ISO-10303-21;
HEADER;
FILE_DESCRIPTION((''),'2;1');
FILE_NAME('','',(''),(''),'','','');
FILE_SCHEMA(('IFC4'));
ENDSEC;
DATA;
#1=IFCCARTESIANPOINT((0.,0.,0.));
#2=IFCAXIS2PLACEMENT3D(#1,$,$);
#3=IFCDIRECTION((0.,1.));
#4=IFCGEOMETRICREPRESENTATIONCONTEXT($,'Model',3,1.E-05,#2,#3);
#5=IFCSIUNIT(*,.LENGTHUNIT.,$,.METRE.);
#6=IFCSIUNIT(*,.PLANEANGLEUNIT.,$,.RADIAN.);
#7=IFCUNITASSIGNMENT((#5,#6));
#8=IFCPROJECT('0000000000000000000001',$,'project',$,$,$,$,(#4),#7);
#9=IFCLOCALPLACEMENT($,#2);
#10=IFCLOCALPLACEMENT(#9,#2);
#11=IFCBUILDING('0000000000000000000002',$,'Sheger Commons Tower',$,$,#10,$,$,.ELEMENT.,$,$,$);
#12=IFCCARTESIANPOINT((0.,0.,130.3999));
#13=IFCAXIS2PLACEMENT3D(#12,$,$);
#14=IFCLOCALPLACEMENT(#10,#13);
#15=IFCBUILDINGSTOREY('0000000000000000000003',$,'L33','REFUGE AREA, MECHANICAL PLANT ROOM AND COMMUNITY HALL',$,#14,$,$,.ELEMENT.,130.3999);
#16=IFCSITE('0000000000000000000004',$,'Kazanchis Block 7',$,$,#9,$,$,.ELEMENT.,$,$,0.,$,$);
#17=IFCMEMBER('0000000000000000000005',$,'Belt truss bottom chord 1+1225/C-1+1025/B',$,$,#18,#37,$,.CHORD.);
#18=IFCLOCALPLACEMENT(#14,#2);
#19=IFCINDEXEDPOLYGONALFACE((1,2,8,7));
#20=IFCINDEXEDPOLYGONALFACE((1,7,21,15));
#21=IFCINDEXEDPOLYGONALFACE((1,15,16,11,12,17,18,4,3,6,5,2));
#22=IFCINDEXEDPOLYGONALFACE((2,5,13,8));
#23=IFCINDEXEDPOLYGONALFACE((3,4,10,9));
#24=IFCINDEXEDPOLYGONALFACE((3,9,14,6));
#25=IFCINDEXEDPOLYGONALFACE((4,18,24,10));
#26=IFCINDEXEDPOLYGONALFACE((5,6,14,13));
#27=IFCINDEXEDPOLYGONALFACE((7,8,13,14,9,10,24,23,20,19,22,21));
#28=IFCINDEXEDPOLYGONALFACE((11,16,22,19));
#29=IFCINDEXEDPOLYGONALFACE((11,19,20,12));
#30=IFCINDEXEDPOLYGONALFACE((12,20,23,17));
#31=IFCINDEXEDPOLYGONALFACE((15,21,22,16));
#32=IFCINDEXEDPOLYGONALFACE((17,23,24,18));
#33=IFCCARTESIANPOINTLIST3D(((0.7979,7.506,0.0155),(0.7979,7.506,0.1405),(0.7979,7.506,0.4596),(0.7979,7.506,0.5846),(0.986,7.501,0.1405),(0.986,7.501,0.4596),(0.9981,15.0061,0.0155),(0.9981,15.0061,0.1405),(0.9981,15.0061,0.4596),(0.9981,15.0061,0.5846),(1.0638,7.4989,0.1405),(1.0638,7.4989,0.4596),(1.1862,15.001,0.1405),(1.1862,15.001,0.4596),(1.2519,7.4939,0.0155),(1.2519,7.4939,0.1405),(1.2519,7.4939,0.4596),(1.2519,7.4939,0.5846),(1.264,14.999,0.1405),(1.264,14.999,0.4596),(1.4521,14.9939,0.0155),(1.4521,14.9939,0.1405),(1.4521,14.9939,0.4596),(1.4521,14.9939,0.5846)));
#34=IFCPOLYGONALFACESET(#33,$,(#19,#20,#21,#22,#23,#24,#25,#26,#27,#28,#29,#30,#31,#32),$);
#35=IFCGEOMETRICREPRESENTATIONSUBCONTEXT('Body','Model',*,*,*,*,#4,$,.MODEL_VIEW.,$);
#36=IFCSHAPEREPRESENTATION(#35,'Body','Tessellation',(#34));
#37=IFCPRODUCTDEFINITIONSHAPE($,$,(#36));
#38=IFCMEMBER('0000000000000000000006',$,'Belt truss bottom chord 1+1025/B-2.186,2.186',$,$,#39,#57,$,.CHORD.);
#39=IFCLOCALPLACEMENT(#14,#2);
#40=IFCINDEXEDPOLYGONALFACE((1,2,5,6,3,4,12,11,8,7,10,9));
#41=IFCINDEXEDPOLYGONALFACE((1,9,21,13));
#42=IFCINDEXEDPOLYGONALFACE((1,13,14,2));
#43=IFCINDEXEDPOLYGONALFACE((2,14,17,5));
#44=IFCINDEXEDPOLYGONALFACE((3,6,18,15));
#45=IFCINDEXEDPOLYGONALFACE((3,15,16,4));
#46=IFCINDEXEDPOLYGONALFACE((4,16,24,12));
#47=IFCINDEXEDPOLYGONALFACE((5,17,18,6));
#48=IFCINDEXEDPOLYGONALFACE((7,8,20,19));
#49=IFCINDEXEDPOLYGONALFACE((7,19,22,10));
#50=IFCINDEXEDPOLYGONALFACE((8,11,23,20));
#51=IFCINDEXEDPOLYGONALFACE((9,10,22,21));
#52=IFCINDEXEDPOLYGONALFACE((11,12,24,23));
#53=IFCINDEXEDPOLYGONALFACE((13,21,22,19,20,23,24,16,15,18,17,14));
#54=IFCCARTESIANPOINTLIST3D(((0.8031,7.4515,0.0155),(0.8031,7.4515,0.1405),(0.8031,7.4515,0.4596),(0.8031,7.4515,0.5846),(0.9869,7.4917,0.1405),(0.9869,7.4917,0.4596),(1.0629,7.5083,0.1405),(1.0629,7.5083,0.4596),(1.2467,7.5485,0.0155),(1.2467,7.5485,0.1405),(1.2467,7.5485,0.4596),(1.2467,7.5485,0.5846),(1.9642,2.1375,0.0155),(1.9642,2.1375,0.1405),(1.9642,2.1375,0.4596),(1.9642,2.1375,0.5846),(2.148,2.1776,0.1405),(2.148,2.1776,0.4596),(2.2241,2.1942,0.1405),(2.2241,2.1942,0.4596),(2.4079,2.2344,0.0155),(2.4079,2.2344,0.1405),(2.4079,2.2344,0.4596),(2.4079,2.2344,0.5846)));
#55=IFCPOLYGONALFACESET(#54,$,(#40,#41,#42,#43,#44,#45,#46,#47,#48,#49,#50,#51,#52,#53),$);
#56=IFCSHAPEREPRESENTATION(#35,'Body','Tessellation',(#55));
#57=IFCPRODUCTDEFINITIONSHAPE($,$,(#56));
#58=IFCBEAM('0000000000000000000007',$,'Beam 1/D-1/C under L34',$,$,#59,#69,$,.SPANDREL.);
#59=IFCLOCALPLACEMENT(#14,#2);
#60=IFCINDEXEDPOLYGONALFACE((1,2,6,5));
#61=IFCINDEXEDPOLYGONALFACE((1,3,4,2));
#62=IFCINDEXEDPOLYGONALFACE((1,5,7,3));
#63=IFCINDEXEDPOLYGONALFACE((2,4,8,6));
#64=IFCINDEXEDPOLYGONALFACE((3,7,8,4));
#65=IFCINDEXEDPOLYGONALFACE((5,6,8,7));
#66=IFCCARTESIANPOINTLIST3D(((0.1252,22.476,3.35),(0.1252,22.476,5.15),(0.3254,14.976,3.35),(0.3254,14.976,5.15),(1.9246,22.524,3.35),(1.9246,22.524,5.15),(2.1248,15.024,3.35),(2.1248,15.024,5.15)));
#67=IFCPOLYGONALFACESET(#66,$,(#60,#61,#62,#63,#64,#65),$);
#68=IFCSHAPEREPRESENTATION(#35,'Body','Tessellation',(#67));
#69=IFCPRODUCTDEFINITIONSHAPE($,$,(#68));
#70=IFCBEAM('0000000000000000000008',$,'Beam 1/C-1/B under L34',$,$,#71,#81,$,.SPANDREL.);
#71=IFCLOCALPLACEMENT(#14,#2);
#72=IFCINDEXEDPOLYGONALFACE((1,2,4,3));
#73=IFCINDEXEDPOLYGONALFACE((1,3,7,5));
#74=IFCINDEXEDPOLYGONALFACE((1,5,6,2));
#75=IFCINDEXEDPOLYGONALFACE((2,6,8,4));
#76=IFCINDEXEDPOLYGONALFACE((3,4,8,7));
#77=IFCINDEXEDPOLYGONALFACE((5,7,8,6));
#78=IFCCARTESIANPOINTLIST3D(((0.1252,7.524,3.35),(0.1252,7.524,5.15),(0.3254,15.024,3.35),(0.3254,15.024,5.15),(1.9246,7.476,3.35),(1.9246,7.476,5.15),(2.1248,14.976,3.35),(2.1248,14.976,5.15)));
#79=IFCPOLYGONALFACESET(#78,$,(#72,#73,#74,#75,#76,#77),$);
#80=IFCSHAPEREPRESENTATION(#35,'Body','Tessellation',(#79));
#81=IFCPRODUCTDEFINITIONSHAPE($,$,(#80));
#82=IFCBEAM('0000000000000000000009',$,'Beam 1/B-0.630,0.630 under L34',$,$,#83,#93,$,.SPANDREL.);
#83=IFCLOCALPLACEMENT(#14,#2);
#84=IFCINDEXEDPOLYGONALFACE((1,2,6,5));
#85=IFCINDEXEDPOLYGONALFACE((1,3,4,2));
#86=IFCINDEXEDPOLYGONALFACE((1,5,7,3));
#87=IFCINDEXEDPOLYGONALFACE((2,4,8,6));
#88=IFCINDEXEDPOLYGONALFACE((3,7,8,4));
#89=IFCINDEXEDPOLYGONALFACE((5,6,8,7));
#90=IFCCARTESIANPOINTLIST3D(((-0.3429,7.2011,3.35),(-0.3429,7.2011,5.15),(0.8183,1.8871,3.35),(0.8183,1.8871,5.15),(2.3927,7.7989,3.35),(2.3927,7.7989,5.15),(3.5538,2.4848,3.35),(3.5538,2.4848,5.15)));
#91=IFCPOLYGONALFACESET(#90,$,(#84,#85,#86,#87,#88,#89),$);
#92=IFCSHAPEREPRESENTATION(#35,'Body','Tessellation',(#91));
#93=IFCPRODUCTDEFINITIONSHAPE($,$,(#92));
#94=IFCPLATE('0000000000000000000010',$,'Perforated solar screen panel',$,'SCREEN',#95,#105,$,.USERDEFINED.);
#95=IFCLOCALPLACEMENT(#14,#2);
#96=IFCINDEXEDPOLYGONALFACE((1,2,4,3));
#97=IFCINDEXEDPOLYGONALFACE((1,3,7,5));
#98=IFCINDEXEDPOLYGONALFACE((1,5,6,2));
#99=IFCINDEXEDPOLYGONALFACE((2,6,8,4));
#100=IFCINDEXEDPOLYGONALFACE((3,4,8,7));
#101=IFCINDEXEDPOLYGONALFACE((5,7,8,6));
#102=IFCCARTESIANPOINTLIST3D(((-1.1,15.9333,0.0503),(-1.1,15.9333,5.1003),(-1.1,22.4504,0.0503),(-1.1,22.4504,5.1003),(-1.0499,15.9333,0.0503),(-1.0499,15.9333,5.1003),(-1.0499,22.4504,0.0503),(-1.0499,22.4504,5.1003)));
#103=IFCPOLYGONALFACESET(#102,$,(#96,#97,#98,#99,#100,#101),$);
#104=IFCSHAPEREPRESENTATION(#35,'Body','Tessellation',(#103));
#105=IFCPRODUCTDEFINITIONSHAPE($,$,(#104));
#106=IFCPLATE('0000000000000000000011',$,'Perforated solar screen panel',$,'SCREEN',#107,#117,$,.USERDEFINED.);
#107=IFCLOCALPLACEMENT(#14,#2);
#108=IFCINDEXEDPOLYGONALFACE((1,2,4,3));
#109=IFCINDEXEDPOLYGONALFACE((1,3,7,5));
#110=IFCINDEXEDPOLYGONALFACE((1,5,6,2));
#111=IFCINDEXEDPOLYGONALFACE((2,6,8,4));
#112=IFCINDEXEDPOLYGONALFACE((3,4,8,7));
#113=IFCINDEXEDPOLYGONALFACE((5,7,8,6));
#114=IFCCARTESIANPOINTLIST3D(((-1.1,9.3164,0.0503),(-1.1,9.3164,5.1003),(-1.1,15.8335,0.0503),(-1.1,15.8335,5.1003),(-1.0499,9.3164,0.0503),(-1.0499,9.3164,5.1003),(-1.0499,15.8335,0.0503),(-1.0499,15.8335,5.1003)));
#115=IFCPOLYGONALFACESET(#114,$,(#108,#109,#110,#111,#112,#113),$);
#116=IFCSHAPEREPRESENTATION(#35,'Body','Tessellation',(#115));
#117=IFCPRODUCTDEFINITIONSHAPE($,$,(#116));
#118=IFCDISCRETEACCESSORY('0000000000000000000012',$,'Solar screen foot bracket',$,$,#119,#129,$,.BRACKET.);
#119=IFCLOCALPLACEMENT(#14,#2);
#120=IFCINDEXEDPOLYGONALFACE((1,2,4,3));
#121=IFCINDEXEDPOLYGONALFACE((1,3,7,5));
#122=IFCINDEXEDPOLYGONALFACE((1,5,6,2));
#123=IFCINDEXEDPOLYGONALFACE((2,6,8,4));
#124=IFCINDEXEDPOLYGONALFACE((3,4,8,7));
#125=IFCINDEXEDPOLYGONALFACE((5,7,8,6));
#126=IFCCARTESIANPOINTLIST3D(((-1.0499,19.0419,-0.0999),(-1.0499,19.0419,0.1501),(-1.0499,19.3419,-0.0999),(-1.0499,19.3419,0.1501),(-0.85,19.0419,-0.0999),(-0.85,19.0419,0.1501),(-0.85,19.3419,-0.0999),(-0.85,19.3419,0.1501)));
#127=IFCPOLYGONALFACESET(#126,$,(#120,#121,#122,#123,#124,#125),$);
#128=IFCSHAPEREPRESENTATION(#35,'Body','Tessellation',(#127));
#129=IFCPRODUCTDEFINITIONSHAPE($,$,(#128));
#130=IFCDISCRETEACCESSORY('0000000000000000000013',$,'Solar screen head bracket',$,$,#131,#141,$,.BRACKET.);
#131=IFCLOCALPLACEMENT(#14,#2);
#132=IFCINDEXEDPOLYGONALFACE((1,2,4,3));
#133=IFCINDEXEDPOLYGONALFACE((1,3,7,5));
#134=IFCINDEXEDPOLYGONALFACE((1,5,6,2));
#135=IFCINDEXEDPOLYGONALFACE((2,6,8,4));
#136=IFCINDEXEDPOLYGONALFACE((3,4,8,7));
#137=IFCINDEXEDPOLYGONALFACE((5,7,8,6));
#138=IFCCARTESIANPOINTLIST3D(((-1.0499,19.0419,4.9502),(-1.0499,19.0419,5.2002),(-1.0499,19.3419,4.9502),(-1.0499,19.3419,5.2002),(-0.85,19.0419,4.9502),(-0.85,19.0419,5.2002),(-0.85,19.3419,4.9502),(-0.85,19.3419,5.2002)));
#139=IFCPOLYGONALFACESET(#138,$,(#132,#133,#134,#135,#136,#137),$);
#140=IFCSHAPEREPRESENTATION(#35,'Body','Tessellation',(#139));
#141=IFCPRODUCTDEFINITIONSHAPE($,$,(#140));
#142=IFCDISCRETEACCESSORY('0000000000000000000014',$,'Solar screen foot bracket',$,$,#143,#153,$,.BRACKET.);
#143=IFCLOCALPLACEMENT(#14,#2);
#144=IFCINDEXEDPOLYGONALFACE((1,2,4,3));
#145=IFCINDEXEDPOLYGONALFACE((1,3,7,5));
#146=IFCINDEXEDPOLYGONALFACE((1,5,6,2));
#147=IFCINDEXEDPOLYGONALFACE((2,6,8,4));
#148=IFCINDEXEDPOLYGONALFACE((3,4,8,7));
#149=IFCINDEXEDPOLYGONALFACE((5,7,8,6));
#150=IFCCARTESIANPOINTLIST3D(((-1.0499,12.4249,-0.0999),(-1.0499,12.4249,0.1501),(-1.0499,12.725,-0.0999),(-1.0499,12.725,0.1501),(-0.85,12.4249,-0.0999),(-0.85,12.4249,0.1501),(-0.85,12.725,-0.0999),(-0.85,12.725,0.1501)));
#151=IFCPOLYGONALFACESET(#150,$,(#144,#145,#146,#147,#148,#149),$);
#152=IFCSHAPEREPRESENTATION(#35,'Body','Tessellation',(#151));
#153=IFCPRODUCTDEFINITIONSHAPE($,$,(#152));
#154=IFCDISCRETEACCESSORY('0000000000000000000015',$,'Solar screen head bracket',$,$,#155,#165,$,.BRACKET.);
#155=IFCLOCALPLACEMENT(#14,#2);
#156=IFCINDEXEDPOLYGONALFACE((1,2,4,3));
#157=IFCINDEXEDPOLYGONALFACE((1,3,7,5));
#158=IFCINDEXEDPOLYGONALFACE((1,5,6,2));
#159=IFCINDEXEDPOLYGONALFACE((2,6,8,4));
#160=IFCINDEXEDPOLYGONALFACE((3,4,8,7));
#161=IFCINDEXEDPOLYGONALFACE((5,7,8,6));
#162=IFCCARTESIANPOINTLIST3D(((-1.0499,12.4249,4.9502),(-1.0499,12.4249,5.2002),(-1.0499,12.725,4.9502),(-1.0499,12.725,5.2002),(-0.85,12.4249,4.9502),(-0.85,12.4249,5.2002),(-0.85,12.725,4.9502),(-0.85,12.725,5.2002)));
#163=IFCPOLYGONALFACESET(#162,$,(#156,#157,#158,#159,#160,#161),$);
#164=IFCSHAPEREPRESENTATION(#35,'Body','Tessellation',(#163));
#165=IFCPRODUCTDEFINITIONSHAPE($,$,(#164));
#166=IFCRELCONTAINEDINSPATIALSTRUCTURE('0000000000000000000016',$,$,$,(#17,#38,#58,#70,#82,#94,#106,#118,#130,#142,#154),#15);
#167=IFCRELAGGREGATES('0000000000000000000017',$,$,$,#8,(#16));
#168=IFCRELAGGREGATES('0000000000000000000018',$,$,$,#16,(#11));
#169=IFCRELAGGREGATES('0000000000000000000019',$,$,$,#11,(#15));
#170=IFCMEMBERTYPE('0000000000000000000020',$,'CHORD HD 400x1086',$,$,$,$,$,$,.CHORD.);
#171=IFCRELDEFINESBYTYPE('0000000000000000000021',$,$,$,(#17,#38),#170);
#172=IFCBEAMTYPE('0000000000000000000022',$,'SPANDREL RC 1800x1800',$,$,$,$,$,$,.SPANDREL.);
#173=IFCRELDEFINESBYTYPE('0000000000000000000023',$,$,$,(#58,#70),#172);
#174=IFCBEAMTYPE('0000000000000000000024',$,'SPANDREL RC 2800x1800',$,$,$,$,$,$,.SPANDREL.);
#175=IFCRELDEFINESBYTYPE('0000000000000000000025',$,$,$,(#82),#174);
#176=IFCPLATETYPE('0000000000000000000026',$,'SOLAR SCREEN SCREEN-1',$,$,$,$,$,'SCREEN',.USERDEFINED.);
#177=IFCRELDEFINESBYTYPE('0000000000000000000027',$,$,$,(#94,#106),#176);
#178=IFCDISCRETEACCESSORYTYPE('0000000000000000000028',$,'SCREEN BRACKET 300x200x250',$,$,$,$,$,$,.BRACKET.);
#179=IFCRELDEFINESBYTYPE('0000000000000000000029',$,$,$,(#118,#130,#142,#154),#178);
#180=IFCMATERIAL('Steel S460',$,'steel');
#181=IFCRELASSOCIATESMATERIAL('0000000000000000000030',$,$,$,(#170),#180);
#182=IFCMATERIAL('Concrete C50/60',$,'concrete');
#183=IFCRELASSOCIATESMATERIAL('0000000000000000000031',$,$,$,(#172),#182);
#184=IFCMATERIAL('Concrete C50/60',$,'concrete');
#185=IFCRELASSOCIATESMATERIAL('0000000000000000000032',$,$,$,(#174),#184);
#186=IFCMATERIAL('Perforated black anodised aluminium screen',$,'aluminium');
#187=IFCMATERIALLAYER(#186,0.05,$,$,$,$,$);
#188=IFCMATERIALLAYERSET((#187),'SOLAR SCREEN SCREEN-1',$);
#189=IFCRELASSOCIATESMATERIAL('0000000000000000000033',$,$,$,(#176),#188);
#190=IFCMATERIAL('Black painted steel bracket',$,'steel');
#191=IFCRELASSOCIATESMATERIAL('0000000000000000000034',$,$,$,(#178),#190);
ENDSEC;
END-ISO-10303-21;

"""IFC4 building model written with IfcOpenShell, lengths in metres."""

from ifc_helpers import new_model, si_unit, direction, frame, origin, origin_2d, place, context, subcontext, project, spatial, rectangle, i_section, extrude, material, layer, layer_set, material_profile, profile_set, type_object, element, save


model = new_model("IFC4")

# Units and contexts
model_context = context("Model", 3, precision=1e-05, world=origin(), true_north=direction((0.0, 1.0)))
body_context = subcontext(model_context, "Body", "Model", "MODEL_VIEW")
ifc_project = project(units=[si_unit("LENGTHUNIT", "METRE"), si_unit("PLANEANGLEUNIT", "RADIAN")], contexts=[model_context])

# Site, building, storey
site_placement = place(None, origin())
site = spatial("IfcSite", under=ifc_project, at=site_placement, Name="Kazanchis Block 7", CompositionType="ELEMENT", RefElevation=0.0)
building_placement = place(site_placement, origin())
building = spatial("IfcBuilding", under=site, at=building_placement, Name="Sheger Commons Tower", CompositionType="ELEMENT")
storey_placement = place(building_placement, frame((0.0, 0.0, 130.3999)))
storey = spatial("IfcBuildingStorey", under=building, at=storey_placement, Name="L33", Description="REFUGE AREA, MECHANICAL PLANT ROOM AND COMMUNITY HALL", CompositionType="ELEMENT", Elevation=130.3999)

# Members
ifc_material_1 = material(Name="Steel S460", Category="steel")
ifc_material_profile_1 = material_profile(ifc_material_1, i_section(OverallWidth=0.4541, OverallDepth=0.5691, WebThickness=0.0779, FlangeThickness=0.125, at=origin_2d()), Name="HD 400x1086")
ifc_profile_set_1 = profile_set([ifc_material_profile_1], Name="Steel S460")
member_type_1 = type_object("IfcMemberType", Name="CHORD HD 400x1086", PredefinedType="CHORD", material=ifc_profile_set_1)
member_1_placement = place(storey_placement, frame((1.2251, 15.0, 0.3), z_axis=(-0.026683, -0.999644, 0.0), x_axis=(0.999644, -0.026683, 0.0)))
element("IfcMember", 1, at=member_1_placement, inside=storey, type_object=member_type_1, Name="Belt truss bottom chord 1+1225/C-1+1025/B", PredefinedType="CHORD", context=body_context, shape_type="SweptSolid", body=[
    extrude(i_section(OverallWidth=0.4541, OverallDepth=0.5691, WebThickness=0.0779, FlangeThickness=0.125, at=origin_2d()), origin(), (0.0, 0.0, 1.0), 7.5027),
])
member_2_placement = place(storey_placement, frame((1.0249, 7.5, 0.3), z_axis=(0.213469, -0.97695, 0.0), x_axis=(0.97695, 0.213469, 0.0)))
element("IfcMember", 2, at=member_2_placement, inside=storey, type_object=member_type_1, Name="Belt truss bottom chord 1+1025/B-2.186,2.186", PredefinedType="CHORD", context=body_context, shape_type="SweptSolid", body=[
    extrude(i_section(OverallWidth=0.4541, OverallDepth=0.5691, WebThickness=0.0779, FlangeThickness=0.125, at=origin_2d()), origin(), (0.0, 0.0, 1.0), 5.4395),
])

# Beams
ifc_material_2 = material(Name="Concrete C50/60", Category="concrete")
ifc_material_profile_2 = material_profile(ifc_material_2, rectangle(XDim=1.8, YDim=1.8, at=origin_2d()), Name="RC 1800x1800")
ifc_profile_set_2 = profile_set([ifc_material_profile_2], Name="Concrete C50/60")
beam_type_1 = type_object("IfcBeamType", Name="SPANDREL RC 1800x1800", PredefinedType="SPANDREL", material=ifc_profile_set_2)
for number, where, z_axis, x_axis, name in (
    (3, (1.0249, 22.5, 4.25), (0.026683, -0.999644, 0.0), (0.999644, 0.026683, 0.0), "Beam 1/D-1/C under L34"),
    (4, (1.2251, 15.0, 4.25), (-0.026683, -0.999644, 0.0), (0.999644, -0.026683, 0.0), "Beam 1/C-1/B under L34"),
):
    element("IfcBeam", number, at=place(storey_placement, frame(where, z_axis=z_axis, x_axis=x_axis)), inside=storey, type_object=beam_type_1, Name=name, PredefinedType="SPANDREL", context=body_context, shape_type="SweptSolid", body=[
        extrude(rectangle(XDim=1.8, YDim=1.8, at=origin_2d()), origin(), (0.0, 0.0, 1.0), 7.5027),
    ])
ifc_material_3 = material(Name="Concrete C50/60", Category="concrete")
ifc_material_profile_3 = material_profile(ifc_material_3, rectangle(XDim=2.8, YDim=1.8, at=origin_2d()), Name="RC 2800x1800")
ifc_profile_set_3 = profile_set([ifc_material_profile_3], Name="Concrete C50/60")
beam_type_2 = type_object("IfcBeamType", Name="SPANDREL RC 2800x1800", PredefinedType="SPANDREL", material=ifc_profile_set_3)
beam_1_placement = place(storey_placement, frame((1.0249, 7.5, 4.25), z_axis=(0.213469, -0.97695, 0.0), x_axis=(0.97695, 0.213469, 0.0)))
element("IfcBeam", 5, at=beam_1_placement, inside=storey, type_object=beam_type_2, Name="Beam 1/B-0.630,0.630 under L34", PredefinedType="SPANDREL", context=body_context, shape_type="SweptSolid", body=[
    extrude(rectangle(XDim=2.8, YDim=1.8, at=origin_2d()), origin(), (0.0, 0.0, 1.0), 5.4395),
])

# Plates
ifc_material_4 = material(Name="Perforated black anodised aluminium screen", Category="aluminium")
ifc_layer = layer(ifc_material_4, 0.05)
ifc_layer_set = layer_set([ifc_layer], Name="SOLAR SCREEN SCREEN-1")
plate_type = type_object("IfcPlateType", Name="SOLAR SCREEN SCREEN-1", ElementType="SCREEN", PredefinedType="USERDEFINED", material=ifc_layer_set)
for number, where, z_axis, x_axis, name in (
    (6, (-1.075, 19.1919, 0.0503), (0.0, 0.0, 1.0), (0.0, -1.0, 0.0), "Perforated solar screen panel"),
    (7, (-1.075, 12.575, 0.0503), (0.0, 0.0, 1.0), (0.0, -1.0, 0.0), "Perforated solar screen panel"),
):
    element("IfcPlate", number, at=place(storey_placement, frame(where, z_axis=z_axis, x_axis=x_axis)), inside=storey, type_object=plate_type, Name=name, ObjectType="SCREEN", PredefinedType="USERDEFINED", context=body_context, shape_type="SweptSolid", body=[
        extrude(rectangle(XDim=6.5171, YDim=0.05, at=origin_2d()), origin(), (0.0, 0.0, 1.0), 5.05),
    ])

# Discrete accessories
ifc_material_5 = material(Name="Black painted steel bracket", Category="steel")
discrete_accessory_type = type_object("IfcDiscreteAccessoryType", Name="SCREEN BRACKET 300x200x250", PredefinedType="BRACKET", material=ifc_material_5)
for number, where, z_axis, x_axis, name in (
    (8, (-0.95, 19.1919, -0.0999), (0.0, 0.0, 1.0), (0.0, -1.0, 0.0), "Solar screen foot bracket"),
    (9, (-0.95, 19.1919, 4.9502), (0.0, 0.0, 1.0), (0.0, -1.0, 0.0), "Solar screen head bracket"),
    (10, (-0.95, 12.575, -0.0999), (0.0, 0.0, 1.0), (0.0, -1.0, 0.0), "Solar screen foot bracket"),
    (11, (-0.95, 12.575, 4.9502), (0.0, 0.0, 1.0), (0.0, -1.0, 0.0), "Solar screen head bracket"),
):
    element("IfcDiscreteAccessory", number, at=place(storey_placement, frame(where, z_axis=z_axis, x_axis=x_axis)), inside=storey, type_object=discrete_accessory_type, Name=name, PredefinedType="BRACKET", context=body_context, shape_type="SweptSolid", body=[
        extrude(rectangle(XDim=0.3, YDim=0.2, at=origin_2d()), origin(), (0.0, 0.0, 1.0), 0.25),
    ])

save(model, "model.ifc")
